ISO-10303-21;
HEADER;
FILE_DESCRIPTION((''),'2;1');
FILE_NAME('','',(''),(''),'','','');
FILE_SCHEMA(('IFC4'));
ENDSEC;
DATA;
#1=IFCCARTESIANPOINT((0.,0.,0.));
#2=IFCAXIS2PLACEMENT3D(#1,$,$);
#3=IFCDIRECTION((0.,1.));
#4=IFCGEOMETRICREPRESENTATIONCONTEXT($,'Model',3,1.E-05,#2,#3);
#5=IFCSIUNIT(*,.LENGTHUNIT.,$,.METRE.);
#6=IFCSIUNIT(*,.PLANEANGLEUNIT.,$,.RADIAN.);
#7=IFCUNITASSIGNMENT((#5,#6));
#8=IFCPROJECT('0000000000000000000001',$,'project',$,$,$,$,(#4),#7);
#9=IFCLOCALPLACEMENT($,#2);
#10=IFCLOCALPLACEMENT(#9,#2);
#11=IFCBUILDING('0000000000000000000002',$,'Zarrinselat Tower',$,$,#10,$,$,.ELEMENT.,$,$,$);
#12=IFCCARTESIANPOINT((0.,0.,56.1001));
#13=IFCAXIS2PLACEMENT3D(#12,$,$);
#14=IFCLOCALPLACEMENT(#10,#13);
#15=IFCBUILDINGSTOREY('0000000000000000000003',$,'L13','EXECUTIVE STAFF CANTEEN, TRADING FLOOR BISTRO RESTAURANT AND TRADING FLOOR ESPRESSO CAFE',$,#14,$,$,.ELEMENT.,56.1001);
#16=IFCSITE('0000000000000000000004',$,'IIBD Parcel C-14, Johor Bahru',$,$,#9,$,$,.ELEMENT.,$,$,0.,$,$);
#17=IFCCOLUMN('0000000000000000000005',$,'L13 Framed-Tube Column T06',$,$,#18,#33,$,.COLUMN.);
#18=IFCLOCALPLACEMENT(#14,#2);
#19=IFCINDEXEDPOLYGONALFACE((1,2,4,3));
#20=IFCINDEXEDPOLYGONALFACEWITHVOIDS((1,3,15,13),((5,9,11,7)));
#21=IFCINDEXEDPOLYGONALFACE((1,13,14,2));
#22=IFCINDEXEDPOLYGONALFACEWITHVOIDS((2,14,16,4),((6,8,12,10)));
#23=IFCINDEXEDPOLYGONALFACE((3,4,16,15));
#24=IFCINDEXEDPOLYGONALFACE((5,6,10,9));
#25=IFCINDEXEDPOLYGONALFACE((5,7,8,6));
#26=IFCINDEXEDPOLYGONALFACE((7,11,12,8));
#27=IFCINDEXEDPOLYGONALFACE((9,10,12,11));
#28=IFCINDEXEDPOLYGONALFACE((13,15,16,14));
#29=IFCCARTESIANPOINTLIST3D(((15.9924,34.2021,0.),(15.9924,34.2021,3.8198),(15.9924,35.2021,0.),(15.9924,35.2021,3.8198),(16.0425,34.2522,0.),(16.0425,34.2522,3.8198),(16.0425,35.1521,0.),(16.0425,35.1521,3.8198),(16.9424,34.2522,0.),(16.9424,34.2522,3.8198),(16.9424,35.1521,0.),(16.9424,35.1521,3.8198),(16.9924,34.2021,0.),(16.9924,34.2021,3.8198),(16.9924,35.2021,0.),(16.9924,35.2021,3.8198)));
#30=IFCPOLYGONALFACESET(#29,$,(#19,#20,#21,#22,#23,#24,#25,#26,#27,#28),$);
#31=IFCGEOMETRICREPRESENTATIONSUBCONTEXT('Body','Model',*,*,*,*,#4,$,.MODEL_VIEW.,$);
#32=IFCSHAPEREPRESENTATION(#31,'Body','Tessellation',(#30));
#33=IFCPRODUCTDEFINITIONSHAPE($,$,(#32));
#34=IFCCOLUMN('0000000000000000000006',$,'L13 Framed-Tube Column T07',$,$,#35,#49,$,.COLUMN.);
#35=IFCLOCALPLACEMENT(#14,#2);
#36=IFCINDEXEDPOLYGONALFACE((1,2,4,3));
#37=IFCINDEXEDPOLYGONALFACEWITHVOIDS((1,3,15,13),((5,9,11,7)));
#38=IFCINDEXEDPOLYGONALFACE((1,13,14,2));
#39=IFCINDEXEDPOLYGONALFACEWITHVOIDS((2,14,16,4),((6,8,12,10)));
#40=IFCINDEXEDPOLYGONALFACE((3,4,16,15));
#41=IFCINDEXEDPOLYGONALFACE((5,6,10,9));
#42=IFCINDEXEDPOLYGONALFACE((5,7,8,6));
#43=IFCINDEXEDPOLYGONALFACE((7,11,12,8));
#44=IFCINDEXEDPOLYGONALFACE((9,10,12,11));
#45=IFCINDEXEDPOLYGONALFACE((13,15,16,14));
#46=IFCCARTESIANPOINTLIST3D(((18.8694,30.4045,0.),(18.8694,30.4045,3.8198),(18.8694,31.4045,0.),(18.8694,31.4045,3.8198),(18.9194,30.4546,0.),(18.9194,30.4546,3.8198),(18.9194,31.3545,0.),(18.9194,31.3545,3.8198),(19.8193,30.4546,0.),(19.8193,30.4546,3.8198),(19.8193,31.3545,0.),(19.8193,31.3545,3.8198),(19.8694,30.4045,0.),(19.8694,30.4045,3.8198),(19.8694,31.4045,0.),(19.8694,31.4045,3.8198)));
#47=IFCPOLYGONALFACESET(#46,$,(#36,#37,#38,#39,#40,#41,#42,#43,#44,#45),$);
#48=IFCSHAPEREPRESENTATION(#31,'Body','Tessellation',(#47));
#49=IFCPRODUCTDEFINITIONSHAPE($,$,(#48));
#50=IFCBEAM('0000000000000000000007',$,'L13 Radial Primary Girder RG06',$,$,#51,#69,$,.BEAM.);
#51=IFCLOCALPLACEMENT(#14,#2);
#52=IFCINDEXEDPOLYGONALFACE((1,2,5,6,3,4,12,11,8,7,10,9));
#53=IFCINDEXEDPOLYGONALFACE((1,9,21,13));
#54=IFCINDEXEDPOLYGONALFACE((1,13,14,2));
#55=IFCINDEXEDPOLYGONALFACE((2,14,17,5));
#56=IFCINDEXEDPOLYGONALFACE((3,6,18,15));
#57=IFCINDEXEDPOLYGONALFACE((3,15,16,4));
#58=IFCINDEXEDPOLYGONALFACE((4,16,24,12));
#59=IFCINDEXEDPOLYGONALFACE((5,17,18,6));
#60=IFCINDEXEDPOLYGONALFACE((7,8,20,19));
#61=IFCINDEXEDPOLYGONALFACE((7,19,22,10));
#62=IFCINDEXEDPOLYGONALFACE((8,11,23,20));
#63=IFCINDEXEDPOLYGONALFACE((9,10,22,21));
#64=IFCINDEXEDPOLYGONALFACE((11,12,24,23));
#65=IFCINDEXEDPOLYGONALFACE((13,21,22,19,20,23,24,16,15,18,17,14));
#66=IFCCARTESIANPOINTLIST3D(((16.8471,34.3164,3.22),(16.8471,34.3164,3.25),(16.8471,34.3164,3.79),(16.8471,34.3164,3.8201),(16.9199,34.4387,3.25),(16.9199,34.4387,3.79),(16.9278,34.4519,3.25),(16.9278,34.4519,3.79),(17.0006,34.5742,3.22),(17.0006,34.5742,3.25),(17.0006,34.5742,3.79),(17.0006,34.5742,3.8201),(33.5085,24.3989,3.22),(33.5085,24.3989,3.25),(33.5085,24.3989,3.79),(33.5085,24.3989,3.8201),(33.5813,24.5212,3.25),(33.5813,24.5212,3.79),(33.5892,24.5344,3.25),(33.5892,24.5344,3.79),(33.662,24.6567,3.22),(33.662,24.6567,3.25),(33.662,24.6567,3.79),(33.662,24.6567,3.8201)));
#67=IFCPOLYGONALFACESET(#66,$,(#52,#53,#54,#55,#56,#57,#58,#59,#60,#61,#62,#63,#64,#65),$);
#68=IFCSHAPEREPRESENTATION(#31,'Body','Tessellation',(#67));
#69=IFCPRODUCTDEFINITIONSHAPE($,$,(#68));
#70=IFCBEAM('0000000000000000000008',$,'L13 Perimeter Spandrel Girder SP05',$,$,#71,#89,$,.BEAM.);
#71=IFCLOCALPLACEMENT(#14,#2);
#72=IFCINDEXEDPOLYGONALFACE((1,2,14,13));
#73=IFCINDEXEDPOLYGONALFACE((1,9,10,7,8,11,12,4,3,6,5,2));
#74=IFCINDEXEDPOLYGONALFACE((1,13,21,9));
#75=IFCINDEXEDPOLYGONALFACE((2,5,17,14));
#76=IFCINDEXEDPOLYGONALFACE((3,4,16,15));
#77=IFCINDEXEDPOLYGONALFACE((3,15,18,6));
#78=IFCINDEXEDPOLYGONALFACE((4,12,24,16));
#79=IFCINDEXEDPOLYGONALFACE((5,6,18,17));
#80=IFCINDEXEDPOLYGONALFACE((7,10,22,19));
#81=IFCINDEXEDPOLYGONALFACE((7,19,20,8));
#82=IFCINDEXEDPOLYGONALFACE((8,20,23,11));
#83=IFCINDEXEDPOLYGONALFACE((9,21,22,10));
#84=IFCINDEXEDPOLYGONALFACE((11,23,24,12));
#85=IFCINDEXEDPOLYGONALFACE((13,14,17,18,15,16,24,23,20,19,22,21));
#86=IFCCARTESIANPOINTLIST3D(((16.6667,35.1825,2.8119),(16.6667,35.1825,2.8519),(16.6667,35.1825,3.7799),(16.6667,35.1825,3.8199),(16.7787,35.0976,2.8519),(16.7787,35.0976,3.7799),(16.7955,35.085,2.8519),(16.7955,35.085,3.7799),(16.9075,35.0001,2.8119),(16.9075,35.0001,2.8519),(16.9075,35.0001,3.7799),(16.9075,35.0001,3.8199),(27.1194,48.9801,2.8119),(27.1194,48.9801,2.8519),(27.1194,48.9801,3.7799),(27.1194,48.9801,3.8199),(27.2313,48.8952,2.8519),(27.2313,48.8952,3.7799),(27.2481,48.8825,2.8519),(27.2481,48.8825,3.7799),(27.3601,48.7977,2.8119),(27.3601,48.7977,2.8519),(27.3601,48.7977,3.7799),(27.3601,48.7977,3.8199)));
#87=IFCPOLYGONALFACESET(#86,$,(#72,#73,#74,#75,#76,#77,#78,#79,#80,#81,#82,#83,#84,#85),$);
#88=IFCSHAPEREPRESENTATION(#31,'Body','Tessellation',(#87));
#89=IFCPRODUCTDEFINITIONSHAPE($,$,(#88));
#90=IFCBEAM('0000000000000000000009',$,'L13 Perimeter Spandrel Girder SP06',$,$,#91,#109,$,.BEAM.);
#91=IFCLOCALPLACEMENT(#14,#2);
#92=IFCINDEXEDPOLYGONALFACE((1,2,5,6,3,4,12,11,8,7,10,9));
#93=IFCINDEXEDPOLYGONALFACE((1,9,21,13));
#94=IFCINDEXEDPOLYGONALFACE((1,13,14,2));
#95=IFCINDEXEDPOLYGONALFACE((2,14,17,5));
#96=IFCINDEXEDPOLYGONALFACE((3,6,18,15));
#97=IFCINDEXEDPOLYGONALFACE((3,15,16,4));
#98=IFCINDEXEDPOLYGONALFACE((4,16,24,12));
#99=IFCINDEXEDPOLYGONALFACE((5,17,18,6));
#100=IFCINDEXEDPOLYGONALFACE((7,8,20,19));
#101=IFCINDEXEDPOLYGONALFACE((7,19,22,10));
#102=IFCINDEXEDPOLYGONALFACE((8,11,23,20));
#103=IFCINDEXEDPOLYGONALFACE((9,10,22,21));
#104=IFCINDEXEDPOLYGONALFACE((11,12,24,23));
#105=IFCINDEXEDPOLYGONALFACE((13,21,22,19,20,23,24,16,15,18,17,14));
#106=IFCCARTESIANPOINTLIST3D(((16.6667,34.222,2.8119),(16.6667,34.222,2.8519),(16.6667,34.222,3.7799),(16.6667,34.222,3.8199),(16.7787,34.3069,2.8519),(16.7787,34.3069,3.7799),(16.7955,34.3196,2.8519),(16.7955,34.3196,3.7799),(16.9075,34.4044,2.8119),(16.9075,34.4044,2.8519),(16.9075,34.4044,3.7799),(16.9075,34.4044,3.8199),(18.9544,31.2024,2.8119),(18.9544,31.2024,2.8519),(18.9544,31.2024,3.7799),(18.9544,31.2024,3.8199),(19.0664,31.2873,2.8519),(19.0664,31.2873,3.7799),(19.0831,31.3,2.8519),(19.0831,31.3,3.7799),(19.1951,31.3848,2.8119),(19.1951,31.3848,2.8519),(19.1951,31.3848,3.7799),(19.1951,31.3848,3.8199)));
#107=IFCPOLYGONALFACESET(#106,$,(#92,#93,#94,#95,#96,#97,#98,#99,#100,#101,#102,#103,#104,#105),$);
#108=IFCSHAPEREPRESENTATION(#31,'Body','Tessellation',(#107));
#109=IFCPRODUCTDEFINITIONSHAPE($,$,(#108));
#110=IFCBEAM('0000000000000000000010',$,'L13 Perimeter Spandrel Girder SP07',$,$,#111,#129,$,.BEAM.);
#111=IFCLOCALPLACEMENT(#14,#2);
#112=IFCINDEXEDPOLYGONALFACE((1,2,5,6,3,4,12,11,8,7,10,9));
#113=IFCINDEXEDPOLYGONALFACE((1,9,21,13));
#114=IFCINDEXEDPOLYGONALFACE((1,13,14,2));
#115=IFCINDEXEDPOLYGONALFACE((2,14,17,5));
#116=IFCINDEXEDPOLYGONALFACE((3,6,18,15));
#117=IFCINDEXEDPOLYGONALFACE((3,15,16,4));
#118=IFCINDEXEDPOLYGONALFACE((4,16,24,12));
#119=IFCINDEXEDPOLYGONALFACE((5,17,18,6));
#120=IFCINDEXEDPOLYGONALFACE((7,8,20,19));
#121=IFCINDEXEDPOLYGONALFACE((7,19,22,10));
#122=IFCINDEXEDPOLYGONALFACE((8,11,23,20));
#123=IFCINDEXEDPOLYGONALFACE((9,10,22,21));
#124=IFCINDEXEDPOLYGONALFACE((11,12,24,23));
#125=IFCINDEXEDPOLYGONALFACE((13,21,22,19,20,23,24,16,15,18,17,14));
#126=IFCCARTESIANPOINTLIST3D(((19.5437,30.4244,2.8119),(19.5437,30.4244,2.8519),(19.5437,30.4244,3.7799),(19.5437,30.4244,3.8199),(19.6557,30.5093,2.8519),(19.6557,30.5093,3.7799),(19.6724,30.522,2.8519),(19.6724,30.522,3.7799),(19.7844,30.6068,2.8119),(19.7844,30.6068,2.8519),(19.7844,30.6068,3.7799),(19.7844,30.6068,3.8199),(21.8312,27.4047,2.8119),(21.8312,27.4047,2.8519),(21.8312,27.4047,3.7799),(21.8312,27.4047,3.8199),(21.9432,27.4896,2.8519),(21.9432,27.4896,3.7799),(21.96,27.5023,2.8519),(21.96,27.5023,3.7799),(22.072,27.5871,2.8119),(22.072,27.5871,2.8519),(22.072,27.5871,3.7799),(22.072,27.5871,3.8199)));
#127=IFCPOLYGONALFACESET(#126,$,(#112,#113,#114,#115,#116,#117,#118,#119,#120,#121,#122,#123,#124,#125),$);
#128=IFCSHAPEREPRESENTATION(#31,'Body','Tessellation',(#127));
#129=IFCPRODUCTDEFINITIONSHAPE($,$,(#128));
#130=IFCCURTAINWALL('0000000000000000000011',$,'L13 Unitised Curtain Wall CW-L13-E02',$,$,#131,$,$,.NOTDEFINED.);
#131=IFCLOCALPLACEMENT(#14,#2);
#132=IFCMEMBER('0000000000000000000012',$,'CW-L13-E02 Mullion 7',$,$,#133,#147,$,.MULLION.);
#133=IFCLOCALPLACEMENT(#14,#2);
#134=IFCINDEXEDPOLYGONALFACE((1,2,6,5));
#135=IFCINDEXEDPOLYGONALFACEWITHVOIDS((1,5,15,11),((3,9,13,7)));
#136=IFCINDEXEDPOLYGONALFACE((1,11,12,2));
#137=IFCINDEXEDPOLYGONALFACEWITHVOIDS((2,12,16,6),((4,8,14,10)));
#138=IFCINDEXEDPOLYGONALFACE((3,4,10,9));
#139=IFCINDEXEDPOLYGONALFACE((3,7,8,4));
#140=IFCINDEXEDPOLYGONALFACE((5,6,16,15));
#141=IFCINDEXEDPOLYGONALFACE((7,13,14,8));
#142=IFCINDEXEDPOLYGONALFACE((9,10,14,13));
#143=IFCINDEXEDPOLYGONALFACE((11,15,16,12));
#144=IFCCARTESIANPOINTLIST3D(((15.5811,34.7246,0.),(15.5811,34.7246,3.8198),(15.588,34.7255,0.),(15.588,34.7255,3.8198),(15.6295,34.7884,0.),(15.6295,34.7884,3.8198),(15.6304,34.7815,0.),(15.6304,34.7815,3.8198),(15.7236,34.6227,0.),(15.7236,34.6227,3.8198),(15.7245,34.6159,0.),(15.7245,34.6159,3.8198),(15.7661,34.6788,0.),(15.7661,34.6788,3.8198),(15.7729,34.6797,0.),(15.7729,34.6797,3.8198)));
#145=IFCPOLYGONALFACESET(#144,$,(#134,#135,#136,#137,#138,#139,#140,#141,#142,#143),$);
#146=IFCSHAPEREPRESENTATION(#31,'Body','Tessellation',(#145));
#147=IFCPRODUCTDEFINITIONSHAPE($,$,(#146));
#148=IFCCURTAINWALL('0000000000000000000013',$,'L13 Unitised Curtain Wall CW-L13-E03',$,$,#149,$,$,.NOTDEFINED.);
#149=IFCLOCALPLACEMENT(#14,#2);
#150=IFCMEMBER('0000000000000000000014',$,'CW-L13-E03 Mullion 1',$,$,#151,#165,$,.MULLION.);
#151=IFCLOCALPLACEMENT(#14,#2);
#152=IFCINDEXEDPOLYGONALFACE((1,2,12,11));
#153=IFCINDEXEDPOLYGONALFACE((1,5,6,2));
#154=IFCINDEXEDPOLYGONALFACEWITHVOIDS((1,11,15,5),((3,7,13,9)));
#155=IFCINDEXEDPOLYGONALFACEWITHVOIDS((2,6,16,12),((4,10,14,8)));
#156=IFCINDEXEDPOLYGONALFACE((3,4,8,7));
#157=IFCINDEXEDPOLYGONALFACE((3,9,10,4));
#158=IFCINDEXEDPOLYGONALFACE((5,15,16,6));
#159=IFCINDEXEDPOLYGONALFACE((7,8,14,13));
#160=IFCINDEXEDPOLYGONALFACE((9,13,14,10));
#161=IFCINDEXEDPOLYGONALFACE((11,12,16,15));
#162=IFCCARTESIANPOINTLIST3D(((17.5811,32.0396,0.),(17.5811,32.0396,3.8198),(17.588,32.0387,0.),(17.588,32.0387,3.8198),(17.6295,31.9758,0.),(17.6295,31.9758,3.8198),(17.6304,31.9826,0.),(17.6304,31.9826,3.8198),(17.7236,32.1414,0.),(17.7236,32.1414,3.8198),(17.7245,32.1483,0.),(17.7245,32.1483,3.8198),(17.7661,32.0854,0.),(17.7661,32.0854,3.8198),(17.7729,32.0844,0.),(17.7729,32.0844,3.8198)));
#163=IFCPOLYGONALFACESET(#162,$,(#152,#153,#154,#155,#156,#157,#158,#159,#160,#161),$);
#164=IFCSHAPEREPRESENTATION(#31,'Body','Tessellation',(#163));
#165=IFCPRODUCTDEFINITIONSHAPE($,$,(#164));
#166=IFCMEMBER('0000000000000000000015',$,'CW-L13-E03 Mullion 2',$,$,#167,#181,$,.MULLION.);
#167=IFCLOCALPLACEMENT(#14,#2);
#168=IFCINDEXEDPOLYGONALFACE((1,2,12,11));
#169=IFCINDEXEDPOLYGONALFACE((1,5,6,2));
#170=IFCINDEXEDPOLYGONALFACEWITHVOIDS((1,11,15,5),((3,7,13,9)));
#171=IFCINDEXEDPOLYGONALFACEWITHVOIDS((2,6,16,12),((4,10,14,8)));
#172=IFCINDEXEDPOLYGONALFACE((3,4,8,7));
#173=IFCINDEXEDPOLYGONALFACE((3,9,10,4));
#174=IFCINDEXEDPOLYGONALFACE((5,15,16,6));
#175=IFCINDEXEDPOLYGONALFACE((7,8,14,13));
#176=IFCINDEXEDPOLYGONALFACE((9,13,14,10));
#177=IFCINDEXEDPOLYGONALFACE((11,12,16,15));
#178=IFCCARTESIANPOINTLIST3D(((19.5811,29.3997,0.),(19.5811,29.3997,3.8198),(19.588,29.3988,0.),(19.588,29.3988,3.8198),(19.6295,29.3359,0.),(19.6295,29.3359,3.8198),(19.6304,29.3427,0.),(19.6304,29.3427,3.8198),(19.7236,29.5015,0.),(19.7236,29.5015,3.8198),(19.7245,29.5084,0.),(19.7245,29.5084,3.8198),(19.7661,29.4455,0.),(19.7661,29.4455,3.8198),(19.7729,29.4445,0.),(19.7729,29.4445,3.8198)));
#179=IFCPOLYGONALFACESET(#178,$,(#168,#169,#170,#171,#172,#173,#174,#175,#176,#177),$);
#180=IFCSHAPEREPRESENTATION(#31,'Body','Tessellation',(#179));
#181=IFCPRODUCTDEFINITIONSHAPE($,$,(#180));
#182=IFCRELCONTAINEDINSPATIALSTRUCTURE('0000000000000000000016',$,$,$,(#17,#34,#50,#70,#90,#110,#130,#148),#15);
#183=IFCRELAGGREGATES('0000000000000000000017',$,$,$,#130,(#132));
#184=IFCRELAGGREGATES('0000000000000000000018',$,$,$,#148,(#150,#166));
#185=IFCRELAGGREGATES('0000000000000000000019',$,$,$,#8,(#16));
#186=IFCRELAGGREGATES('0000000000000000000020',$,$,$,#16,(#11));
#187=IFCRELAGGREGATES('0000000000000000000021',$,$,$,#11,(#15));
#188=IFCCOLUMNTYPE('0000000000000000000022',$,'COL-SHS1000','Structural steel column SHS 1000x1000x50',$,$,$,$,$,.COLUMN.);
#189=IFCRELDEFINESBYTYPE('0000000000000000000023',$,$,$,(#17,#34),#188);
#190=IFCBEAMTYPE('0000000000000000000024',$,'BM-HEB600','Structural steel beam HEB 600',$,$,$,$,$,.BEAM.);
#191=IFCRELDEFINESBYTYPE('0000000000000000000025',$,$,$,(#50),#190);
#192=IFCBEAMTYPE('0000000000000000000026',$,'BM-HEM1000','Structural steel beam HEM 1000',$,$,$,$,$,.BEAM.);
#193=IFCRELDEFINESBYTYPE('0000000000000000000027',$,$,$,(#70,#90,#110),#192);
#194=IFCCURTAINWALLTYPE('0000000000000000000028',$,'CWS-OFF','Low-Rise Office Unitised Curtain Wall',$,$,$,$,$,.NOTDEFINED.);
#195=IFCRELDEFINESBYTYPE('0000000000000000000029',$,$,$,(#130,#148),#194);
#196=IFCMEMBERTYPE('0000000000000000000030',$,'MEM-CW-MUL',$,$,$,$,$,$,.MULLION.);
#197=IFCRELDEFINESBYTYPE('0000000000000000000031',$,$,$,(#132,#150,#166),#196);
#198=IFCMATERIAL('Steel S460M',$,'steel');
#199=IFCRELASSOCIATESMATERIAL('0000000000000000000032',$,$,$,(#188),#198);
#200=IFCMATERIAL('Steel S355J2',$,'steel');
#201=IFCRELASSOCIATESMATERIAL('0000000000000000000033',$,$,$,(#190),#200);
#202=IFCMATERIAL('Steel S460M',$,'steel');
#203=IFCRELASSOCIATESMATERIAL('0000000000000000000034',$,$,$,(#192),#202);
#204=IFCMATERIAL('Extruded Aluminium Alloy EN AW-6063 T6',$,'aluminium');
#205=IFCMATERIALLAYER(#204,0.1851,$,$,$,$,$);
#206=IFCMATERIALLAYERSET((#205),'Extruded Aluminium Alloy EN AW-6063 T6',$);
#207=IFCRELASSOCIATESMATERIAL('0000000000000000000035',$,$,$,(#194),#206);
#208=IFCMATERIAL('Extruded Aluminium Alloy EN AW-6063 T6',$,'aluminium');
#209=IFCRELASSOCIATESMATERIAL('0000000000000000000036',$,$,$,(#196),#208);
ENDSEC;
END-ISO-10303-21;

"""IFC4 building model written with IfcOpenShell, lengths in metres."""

from ifc_helpers import new_model, si_unit, direction, frame, origin, origin_2d, place, context, subcontext, project, spatial, hollow_rectangle, i_section, extrude, material, layer, layer_set, material_profile, profile_set, type_object, element, aggregate, save


model = new_model("IFC4")

# Units and contexts
model_context = context("Model", 3, precision=1e-05, world=origin(), true_north=direction((0.0, 1.0)))
body_context = subcontext(model_context, "Body", "Model", "MODEL_VIEW")
ifc_project = project(units=[si_unit("LENGTHUNIT", "METRE"), si_unit("PLANEANGLEUNIT", "RADIAN")], contexts=[model_context])

# Site, building, storey
site_placement = place(None, origin())
site = spatial("IfcSite", under=ifc_project, at=site_placement, Name="IIBD Parcel C-14, Johor Bahru", CompositionType="ELEMENT", RefElevation=0.0)
building_placement = place(site_placement, origin())
building = spatial("IfcBuilding", under=site, at=building_placement, Name="Zarrinselat Tower", CompositionType="ELEMENT")
storey_placement = place(building_placement, frame((0.0, 0.0, 56.1001)))
storey = spatial("IfcBuildingStorey", under=building, at=storey_placement, Name="L13", Description="EXECUTIVE STAFF CANTEEN, TRADING FLOOR BISTRO RESTAURANT AND TRADING FLOOR ESPRESSO CAFE", CompositionType="ELEMENT", Elevation=56.1001)

# Columns
ifc_material_1 = material(Name="Steel S460M", Category="steel")
ifc_material_profile_1 = material_profile(ifc_material_1, hollow_rectangle(XDim=1.0, YDim=1.0, WallThickness=0.05, at=origin_2d()), Name="SHS 1000x1000x50")
ifc_profile_set_1 = profile_set([ifc_material_profile_1], Name="Steel S460M")
column_type = type_object("IfcColumnType", Name="COL-SHS1000", Description="Structural steel column SHS 1000x1000x50", PredefinedType="COLUMN", material=ifc_profile_set_1)
for number, where, z_axis, x_axis, name in (
    (1, (16.4924, 34.7021, 0.0), (0.0, 0.0, 1.0), (1.0, 0.0, 0.0), "L13 Framed-Tube Column T06"),
    (2, (19.3694, 30.9045, 0.0), (0.0, 0.0, 1.0), (1.0, 0.0, 0.0), "L13 Framed-Tube Column T07"),
):
    element("IfcColumn", number, at=place(storey_placement, frame(where, z_axis=z_axis, x_axis=x_axis)), inside=storey, type_object=column_type, Name=name, PredefinedType="COLUMN", context=body_context, shape_type="SweptSolid", body=[
        extrude(hollow_rectangle(XDim=1.0, YDim=1.0, WallThickness=0.05, at=origin_2d()), origin(), (0.0, 0.0, 1.0), 3.8198),
    ])

# Beams
ifc_material_2 = material(Name="Steel S355J2", Category="steel")
ifc_material_profile_2 = material_profile(ifc_material_2, i_section(OverallWidth=0.3, OverallDepth=0.6001, WebThickness=0.0154, FlangeThickness=0.03, at=origin_2d()), Name="HEB 600")
ifc_profile_set_2 = profile_set([ifc_material_profile_2], Name="Steel S355J2")
beam_type_1 = type_object("IfcBeamType", Name="BM-HEB600", Description="Structural steel beam HEB 600", PredefinedType="BEAM", material=ifc_profile_set_2)
beam_1_placement = place(storey_placement, frame((16.9238, 34.4453, 3.52), z_axis=(0.859293, -0.511484, 0.0), x_axis=(0.511484, 0.859293, 0.0)))
element("IfcBeam", 3, at=beam_1_placement, inside=storey, type_object=beam_type_1, Name="L13 Radial Primary Girder RG06", PredefinedType="BEAM", context=body_context, shape_type="SweptSolid", body=[
    extrude(i_section(OverallWidth=0.3, OverallDepth=0.6001, WebThickness=0.0154, FlangeThickness=0.03, at=origin_2d()), origin(), (0.0, 0.0, 1.0), 19.3896),
])
ifc_material_3 = material(Name="Steel S460M", Category="steel")
ifc_material_profile_3 = material_profile(ifc_material_3, i_section(OverallWidth=0.302, OverallDepth=1.0081, WebThickness=0.021, FlangeThickness=0.04, at=origin_2d()), Name="HEM 1000")
ifc_profile_set_3 = profile_set([ifc_material_profile_3], Name="Steel S460M")
beam_type_2 = type_object("IfcBeamType", Name="BM-HEM1000", Description="Structural steel beam HEM 1000", PredefinedType="BEAM", material=ifc_profile_set_3)
beam_2_placement = place(storey_placement, frame((16.7871, 35.0913, 3.3159), z_axis=(0.603854, 0.797095, 0.0), x_axis=(-0.797095, 0.603854, 0.0)))
element("IfcBeam", 4, at=beam_2_placement, inside=storey, type_object=beam_type_2, Name="L13 Perimeter Spandrel Girder SP05", PredefinedType="BEAM", context=body_context, shape_type="SweptSolid", body=[
    extrude(i_section(OverallWidth=0.302, OverallDepth=1.0081, WebThickness=0.021, FlangeThickness=0.04, at=origin_2d()), origin(), (0.0, 0.0, 1.0), 17.3098),
])
for number, where, z_axis, x_axis, name in (
    (5, (16.7871, 34.3132, 3.3159), (0.60387, -0.797083, 0.0), (0.797083, 0.60387, 0.0), "L13 Perimeter Spandrel Girder SP06"),
    (6, (19.6641, 30.5156, 3.3159), (0.603839, -0.797106, 0.0), (0.797106, 0.603839, 0.0), "L13 Perimeter Spandrel Girder SP07"),
):
    element("IfcBeam", number, at=place(storey_placement, frame(where, z_axis=z_axis, x_axis=x_axis)), inside=storey, type_object=beam_type_2, Name=name, PredefinedType="BEAM", context=body_context, shape_type="SweptSolid", body=[
        extrude(i_section(OverallWidth=0.302, OverallDepth=1.0081, WebThickness=0.021, FlangeThickness=0.04, at=origin_2d()), origin(), (0.0, 0.0, 1.0), 3.7883),
    ])

# Curtain wall, member
ifc_material_4 = material(Name="Extruded Aluminium Alloy EN AW-6063 T6", Category="aluminium")
ifc_layer_1 = layer(ifc_material_4, 0.1851)
ifc_layer_set_1 = layer_set([ifc_layer_1], Name="Extruded Aluminium Alloy EN AW-6063 T6")
curtain_wall_type = type_object("IfcCurtainWallType", Name="CWS-OFF", Description="Low-Rise Office Unitised Curtain Wall", PredefinedType="NOTDEFINED", material=ifc_layer_set_1)
curtain_wall_1_placement = place(storey_placement, origin())
curtain_wall_1 = element("IfcCurtainWall", 7, at=curtain_wall_1_placement, inside=storey, type_object=curtain_wall_type, Name="L13 Unitised Curtain Wall CW-L13-E02", PredefinedType="NOTDEFINED")
ifc_material_5 = material(Name="Extruded Aluminium Alloy EN AW-6063 T6", Category="aluminium")
ifc_material_profile_4 = material_profile(ifc_material_5, hollow_rectangle(XDim=0.0801, YDim=0.1799, WallThickness=0.0049, at=origin_2d()), Name="RHS 180x80x5")
ifc_profile_set_4 = profile_set([ifc_material_profile_4], Name="Extruded Aluminium Alloy EN AW-6063 T6")
member_type_1 = type_object("IfcMemberType", Name="MEM-CW-MUL", PredefinedType="MULLION", material=ifc_profile_set_4)
member_1_placement = place(storey_placement, frame((15.677, 34.7021, 0.0), z_axis=(0.0, 0.0, 1.0), x_axis=(-0.60386, -0.797091, 0.0)))
member_1 = element("IfcMember", 8, at=member_1_placement, type_object=member_type_1, Name="CW-L13-E02 Mullion 7", PredefinedType="MULLION", context=body_context, shape_type="SweptSolid", body=[
    extrude(hollow_rectangle(XDim=0.0801, YDim=0.1799, WallThickness=0.0049, at=origin_2d()), origin(), (0.0, 0.0, 1.0), 3.8198),
])

# Curtain wall, members
curtain_wall_2_placement = place(storey_placement, origin())
curtain_wall_2 = element("IfcCurtainWall", 9, at=curtain_wall_2_placement, inside=storey, type_object=curtain_wall_type, Name="L13 Unitised Curtain Wall CW-L13-E03", PredefinedType="NOTDEFINED")
member_2_placement = place(storey_placement, frame((17.677, 32.062, 0.0), z_axis=(0.0, 0.0, 1.0), x_axis=(0.603862, -0.797089, 0.0)))
member_2 = element("IfcMember", 10, at=member_2_placement, type_object=member_type_1, Name="CW-L13-E03 Mullion 1", PredefinedType="MULLION", context=body_context, shape_type="SweptSolid", body=[
    extrude(hollow_rectangle(XDim=0.0801, YDim=0.1799, WallThickness=0.0049, at=origin_2d()), origin(), (0.0, 0.0, 1.0), 3.8198),
])
member_3_placement = place(storey_placement, frame((19.677, 29.4221, 0.0), z_axis=(0.0, 0.0, 1.0), x_axis=(0.603862, -0.797089, 0.0)))
member_3 = element("IfcMember", 11, at=member_3_placement, type_object=member_type_1, Name="CW-L13-E03 Mullion 2", PredefinedType="MULLION", context=body_context, shape_type="SweptSolid", body=[
    extrude(hollow_rectangle(XDim=0.0801, YDim=0.1799, WallThickness=0.0049, at=origin_2d()), origin(), (0.0, 0.0, 1.0), 3.8198),
])

aggregate(curtain_wall_1, [member_1])
aggregate(curtain_wall_2, [member_2, member_3])

save(model, "model.ifc")
